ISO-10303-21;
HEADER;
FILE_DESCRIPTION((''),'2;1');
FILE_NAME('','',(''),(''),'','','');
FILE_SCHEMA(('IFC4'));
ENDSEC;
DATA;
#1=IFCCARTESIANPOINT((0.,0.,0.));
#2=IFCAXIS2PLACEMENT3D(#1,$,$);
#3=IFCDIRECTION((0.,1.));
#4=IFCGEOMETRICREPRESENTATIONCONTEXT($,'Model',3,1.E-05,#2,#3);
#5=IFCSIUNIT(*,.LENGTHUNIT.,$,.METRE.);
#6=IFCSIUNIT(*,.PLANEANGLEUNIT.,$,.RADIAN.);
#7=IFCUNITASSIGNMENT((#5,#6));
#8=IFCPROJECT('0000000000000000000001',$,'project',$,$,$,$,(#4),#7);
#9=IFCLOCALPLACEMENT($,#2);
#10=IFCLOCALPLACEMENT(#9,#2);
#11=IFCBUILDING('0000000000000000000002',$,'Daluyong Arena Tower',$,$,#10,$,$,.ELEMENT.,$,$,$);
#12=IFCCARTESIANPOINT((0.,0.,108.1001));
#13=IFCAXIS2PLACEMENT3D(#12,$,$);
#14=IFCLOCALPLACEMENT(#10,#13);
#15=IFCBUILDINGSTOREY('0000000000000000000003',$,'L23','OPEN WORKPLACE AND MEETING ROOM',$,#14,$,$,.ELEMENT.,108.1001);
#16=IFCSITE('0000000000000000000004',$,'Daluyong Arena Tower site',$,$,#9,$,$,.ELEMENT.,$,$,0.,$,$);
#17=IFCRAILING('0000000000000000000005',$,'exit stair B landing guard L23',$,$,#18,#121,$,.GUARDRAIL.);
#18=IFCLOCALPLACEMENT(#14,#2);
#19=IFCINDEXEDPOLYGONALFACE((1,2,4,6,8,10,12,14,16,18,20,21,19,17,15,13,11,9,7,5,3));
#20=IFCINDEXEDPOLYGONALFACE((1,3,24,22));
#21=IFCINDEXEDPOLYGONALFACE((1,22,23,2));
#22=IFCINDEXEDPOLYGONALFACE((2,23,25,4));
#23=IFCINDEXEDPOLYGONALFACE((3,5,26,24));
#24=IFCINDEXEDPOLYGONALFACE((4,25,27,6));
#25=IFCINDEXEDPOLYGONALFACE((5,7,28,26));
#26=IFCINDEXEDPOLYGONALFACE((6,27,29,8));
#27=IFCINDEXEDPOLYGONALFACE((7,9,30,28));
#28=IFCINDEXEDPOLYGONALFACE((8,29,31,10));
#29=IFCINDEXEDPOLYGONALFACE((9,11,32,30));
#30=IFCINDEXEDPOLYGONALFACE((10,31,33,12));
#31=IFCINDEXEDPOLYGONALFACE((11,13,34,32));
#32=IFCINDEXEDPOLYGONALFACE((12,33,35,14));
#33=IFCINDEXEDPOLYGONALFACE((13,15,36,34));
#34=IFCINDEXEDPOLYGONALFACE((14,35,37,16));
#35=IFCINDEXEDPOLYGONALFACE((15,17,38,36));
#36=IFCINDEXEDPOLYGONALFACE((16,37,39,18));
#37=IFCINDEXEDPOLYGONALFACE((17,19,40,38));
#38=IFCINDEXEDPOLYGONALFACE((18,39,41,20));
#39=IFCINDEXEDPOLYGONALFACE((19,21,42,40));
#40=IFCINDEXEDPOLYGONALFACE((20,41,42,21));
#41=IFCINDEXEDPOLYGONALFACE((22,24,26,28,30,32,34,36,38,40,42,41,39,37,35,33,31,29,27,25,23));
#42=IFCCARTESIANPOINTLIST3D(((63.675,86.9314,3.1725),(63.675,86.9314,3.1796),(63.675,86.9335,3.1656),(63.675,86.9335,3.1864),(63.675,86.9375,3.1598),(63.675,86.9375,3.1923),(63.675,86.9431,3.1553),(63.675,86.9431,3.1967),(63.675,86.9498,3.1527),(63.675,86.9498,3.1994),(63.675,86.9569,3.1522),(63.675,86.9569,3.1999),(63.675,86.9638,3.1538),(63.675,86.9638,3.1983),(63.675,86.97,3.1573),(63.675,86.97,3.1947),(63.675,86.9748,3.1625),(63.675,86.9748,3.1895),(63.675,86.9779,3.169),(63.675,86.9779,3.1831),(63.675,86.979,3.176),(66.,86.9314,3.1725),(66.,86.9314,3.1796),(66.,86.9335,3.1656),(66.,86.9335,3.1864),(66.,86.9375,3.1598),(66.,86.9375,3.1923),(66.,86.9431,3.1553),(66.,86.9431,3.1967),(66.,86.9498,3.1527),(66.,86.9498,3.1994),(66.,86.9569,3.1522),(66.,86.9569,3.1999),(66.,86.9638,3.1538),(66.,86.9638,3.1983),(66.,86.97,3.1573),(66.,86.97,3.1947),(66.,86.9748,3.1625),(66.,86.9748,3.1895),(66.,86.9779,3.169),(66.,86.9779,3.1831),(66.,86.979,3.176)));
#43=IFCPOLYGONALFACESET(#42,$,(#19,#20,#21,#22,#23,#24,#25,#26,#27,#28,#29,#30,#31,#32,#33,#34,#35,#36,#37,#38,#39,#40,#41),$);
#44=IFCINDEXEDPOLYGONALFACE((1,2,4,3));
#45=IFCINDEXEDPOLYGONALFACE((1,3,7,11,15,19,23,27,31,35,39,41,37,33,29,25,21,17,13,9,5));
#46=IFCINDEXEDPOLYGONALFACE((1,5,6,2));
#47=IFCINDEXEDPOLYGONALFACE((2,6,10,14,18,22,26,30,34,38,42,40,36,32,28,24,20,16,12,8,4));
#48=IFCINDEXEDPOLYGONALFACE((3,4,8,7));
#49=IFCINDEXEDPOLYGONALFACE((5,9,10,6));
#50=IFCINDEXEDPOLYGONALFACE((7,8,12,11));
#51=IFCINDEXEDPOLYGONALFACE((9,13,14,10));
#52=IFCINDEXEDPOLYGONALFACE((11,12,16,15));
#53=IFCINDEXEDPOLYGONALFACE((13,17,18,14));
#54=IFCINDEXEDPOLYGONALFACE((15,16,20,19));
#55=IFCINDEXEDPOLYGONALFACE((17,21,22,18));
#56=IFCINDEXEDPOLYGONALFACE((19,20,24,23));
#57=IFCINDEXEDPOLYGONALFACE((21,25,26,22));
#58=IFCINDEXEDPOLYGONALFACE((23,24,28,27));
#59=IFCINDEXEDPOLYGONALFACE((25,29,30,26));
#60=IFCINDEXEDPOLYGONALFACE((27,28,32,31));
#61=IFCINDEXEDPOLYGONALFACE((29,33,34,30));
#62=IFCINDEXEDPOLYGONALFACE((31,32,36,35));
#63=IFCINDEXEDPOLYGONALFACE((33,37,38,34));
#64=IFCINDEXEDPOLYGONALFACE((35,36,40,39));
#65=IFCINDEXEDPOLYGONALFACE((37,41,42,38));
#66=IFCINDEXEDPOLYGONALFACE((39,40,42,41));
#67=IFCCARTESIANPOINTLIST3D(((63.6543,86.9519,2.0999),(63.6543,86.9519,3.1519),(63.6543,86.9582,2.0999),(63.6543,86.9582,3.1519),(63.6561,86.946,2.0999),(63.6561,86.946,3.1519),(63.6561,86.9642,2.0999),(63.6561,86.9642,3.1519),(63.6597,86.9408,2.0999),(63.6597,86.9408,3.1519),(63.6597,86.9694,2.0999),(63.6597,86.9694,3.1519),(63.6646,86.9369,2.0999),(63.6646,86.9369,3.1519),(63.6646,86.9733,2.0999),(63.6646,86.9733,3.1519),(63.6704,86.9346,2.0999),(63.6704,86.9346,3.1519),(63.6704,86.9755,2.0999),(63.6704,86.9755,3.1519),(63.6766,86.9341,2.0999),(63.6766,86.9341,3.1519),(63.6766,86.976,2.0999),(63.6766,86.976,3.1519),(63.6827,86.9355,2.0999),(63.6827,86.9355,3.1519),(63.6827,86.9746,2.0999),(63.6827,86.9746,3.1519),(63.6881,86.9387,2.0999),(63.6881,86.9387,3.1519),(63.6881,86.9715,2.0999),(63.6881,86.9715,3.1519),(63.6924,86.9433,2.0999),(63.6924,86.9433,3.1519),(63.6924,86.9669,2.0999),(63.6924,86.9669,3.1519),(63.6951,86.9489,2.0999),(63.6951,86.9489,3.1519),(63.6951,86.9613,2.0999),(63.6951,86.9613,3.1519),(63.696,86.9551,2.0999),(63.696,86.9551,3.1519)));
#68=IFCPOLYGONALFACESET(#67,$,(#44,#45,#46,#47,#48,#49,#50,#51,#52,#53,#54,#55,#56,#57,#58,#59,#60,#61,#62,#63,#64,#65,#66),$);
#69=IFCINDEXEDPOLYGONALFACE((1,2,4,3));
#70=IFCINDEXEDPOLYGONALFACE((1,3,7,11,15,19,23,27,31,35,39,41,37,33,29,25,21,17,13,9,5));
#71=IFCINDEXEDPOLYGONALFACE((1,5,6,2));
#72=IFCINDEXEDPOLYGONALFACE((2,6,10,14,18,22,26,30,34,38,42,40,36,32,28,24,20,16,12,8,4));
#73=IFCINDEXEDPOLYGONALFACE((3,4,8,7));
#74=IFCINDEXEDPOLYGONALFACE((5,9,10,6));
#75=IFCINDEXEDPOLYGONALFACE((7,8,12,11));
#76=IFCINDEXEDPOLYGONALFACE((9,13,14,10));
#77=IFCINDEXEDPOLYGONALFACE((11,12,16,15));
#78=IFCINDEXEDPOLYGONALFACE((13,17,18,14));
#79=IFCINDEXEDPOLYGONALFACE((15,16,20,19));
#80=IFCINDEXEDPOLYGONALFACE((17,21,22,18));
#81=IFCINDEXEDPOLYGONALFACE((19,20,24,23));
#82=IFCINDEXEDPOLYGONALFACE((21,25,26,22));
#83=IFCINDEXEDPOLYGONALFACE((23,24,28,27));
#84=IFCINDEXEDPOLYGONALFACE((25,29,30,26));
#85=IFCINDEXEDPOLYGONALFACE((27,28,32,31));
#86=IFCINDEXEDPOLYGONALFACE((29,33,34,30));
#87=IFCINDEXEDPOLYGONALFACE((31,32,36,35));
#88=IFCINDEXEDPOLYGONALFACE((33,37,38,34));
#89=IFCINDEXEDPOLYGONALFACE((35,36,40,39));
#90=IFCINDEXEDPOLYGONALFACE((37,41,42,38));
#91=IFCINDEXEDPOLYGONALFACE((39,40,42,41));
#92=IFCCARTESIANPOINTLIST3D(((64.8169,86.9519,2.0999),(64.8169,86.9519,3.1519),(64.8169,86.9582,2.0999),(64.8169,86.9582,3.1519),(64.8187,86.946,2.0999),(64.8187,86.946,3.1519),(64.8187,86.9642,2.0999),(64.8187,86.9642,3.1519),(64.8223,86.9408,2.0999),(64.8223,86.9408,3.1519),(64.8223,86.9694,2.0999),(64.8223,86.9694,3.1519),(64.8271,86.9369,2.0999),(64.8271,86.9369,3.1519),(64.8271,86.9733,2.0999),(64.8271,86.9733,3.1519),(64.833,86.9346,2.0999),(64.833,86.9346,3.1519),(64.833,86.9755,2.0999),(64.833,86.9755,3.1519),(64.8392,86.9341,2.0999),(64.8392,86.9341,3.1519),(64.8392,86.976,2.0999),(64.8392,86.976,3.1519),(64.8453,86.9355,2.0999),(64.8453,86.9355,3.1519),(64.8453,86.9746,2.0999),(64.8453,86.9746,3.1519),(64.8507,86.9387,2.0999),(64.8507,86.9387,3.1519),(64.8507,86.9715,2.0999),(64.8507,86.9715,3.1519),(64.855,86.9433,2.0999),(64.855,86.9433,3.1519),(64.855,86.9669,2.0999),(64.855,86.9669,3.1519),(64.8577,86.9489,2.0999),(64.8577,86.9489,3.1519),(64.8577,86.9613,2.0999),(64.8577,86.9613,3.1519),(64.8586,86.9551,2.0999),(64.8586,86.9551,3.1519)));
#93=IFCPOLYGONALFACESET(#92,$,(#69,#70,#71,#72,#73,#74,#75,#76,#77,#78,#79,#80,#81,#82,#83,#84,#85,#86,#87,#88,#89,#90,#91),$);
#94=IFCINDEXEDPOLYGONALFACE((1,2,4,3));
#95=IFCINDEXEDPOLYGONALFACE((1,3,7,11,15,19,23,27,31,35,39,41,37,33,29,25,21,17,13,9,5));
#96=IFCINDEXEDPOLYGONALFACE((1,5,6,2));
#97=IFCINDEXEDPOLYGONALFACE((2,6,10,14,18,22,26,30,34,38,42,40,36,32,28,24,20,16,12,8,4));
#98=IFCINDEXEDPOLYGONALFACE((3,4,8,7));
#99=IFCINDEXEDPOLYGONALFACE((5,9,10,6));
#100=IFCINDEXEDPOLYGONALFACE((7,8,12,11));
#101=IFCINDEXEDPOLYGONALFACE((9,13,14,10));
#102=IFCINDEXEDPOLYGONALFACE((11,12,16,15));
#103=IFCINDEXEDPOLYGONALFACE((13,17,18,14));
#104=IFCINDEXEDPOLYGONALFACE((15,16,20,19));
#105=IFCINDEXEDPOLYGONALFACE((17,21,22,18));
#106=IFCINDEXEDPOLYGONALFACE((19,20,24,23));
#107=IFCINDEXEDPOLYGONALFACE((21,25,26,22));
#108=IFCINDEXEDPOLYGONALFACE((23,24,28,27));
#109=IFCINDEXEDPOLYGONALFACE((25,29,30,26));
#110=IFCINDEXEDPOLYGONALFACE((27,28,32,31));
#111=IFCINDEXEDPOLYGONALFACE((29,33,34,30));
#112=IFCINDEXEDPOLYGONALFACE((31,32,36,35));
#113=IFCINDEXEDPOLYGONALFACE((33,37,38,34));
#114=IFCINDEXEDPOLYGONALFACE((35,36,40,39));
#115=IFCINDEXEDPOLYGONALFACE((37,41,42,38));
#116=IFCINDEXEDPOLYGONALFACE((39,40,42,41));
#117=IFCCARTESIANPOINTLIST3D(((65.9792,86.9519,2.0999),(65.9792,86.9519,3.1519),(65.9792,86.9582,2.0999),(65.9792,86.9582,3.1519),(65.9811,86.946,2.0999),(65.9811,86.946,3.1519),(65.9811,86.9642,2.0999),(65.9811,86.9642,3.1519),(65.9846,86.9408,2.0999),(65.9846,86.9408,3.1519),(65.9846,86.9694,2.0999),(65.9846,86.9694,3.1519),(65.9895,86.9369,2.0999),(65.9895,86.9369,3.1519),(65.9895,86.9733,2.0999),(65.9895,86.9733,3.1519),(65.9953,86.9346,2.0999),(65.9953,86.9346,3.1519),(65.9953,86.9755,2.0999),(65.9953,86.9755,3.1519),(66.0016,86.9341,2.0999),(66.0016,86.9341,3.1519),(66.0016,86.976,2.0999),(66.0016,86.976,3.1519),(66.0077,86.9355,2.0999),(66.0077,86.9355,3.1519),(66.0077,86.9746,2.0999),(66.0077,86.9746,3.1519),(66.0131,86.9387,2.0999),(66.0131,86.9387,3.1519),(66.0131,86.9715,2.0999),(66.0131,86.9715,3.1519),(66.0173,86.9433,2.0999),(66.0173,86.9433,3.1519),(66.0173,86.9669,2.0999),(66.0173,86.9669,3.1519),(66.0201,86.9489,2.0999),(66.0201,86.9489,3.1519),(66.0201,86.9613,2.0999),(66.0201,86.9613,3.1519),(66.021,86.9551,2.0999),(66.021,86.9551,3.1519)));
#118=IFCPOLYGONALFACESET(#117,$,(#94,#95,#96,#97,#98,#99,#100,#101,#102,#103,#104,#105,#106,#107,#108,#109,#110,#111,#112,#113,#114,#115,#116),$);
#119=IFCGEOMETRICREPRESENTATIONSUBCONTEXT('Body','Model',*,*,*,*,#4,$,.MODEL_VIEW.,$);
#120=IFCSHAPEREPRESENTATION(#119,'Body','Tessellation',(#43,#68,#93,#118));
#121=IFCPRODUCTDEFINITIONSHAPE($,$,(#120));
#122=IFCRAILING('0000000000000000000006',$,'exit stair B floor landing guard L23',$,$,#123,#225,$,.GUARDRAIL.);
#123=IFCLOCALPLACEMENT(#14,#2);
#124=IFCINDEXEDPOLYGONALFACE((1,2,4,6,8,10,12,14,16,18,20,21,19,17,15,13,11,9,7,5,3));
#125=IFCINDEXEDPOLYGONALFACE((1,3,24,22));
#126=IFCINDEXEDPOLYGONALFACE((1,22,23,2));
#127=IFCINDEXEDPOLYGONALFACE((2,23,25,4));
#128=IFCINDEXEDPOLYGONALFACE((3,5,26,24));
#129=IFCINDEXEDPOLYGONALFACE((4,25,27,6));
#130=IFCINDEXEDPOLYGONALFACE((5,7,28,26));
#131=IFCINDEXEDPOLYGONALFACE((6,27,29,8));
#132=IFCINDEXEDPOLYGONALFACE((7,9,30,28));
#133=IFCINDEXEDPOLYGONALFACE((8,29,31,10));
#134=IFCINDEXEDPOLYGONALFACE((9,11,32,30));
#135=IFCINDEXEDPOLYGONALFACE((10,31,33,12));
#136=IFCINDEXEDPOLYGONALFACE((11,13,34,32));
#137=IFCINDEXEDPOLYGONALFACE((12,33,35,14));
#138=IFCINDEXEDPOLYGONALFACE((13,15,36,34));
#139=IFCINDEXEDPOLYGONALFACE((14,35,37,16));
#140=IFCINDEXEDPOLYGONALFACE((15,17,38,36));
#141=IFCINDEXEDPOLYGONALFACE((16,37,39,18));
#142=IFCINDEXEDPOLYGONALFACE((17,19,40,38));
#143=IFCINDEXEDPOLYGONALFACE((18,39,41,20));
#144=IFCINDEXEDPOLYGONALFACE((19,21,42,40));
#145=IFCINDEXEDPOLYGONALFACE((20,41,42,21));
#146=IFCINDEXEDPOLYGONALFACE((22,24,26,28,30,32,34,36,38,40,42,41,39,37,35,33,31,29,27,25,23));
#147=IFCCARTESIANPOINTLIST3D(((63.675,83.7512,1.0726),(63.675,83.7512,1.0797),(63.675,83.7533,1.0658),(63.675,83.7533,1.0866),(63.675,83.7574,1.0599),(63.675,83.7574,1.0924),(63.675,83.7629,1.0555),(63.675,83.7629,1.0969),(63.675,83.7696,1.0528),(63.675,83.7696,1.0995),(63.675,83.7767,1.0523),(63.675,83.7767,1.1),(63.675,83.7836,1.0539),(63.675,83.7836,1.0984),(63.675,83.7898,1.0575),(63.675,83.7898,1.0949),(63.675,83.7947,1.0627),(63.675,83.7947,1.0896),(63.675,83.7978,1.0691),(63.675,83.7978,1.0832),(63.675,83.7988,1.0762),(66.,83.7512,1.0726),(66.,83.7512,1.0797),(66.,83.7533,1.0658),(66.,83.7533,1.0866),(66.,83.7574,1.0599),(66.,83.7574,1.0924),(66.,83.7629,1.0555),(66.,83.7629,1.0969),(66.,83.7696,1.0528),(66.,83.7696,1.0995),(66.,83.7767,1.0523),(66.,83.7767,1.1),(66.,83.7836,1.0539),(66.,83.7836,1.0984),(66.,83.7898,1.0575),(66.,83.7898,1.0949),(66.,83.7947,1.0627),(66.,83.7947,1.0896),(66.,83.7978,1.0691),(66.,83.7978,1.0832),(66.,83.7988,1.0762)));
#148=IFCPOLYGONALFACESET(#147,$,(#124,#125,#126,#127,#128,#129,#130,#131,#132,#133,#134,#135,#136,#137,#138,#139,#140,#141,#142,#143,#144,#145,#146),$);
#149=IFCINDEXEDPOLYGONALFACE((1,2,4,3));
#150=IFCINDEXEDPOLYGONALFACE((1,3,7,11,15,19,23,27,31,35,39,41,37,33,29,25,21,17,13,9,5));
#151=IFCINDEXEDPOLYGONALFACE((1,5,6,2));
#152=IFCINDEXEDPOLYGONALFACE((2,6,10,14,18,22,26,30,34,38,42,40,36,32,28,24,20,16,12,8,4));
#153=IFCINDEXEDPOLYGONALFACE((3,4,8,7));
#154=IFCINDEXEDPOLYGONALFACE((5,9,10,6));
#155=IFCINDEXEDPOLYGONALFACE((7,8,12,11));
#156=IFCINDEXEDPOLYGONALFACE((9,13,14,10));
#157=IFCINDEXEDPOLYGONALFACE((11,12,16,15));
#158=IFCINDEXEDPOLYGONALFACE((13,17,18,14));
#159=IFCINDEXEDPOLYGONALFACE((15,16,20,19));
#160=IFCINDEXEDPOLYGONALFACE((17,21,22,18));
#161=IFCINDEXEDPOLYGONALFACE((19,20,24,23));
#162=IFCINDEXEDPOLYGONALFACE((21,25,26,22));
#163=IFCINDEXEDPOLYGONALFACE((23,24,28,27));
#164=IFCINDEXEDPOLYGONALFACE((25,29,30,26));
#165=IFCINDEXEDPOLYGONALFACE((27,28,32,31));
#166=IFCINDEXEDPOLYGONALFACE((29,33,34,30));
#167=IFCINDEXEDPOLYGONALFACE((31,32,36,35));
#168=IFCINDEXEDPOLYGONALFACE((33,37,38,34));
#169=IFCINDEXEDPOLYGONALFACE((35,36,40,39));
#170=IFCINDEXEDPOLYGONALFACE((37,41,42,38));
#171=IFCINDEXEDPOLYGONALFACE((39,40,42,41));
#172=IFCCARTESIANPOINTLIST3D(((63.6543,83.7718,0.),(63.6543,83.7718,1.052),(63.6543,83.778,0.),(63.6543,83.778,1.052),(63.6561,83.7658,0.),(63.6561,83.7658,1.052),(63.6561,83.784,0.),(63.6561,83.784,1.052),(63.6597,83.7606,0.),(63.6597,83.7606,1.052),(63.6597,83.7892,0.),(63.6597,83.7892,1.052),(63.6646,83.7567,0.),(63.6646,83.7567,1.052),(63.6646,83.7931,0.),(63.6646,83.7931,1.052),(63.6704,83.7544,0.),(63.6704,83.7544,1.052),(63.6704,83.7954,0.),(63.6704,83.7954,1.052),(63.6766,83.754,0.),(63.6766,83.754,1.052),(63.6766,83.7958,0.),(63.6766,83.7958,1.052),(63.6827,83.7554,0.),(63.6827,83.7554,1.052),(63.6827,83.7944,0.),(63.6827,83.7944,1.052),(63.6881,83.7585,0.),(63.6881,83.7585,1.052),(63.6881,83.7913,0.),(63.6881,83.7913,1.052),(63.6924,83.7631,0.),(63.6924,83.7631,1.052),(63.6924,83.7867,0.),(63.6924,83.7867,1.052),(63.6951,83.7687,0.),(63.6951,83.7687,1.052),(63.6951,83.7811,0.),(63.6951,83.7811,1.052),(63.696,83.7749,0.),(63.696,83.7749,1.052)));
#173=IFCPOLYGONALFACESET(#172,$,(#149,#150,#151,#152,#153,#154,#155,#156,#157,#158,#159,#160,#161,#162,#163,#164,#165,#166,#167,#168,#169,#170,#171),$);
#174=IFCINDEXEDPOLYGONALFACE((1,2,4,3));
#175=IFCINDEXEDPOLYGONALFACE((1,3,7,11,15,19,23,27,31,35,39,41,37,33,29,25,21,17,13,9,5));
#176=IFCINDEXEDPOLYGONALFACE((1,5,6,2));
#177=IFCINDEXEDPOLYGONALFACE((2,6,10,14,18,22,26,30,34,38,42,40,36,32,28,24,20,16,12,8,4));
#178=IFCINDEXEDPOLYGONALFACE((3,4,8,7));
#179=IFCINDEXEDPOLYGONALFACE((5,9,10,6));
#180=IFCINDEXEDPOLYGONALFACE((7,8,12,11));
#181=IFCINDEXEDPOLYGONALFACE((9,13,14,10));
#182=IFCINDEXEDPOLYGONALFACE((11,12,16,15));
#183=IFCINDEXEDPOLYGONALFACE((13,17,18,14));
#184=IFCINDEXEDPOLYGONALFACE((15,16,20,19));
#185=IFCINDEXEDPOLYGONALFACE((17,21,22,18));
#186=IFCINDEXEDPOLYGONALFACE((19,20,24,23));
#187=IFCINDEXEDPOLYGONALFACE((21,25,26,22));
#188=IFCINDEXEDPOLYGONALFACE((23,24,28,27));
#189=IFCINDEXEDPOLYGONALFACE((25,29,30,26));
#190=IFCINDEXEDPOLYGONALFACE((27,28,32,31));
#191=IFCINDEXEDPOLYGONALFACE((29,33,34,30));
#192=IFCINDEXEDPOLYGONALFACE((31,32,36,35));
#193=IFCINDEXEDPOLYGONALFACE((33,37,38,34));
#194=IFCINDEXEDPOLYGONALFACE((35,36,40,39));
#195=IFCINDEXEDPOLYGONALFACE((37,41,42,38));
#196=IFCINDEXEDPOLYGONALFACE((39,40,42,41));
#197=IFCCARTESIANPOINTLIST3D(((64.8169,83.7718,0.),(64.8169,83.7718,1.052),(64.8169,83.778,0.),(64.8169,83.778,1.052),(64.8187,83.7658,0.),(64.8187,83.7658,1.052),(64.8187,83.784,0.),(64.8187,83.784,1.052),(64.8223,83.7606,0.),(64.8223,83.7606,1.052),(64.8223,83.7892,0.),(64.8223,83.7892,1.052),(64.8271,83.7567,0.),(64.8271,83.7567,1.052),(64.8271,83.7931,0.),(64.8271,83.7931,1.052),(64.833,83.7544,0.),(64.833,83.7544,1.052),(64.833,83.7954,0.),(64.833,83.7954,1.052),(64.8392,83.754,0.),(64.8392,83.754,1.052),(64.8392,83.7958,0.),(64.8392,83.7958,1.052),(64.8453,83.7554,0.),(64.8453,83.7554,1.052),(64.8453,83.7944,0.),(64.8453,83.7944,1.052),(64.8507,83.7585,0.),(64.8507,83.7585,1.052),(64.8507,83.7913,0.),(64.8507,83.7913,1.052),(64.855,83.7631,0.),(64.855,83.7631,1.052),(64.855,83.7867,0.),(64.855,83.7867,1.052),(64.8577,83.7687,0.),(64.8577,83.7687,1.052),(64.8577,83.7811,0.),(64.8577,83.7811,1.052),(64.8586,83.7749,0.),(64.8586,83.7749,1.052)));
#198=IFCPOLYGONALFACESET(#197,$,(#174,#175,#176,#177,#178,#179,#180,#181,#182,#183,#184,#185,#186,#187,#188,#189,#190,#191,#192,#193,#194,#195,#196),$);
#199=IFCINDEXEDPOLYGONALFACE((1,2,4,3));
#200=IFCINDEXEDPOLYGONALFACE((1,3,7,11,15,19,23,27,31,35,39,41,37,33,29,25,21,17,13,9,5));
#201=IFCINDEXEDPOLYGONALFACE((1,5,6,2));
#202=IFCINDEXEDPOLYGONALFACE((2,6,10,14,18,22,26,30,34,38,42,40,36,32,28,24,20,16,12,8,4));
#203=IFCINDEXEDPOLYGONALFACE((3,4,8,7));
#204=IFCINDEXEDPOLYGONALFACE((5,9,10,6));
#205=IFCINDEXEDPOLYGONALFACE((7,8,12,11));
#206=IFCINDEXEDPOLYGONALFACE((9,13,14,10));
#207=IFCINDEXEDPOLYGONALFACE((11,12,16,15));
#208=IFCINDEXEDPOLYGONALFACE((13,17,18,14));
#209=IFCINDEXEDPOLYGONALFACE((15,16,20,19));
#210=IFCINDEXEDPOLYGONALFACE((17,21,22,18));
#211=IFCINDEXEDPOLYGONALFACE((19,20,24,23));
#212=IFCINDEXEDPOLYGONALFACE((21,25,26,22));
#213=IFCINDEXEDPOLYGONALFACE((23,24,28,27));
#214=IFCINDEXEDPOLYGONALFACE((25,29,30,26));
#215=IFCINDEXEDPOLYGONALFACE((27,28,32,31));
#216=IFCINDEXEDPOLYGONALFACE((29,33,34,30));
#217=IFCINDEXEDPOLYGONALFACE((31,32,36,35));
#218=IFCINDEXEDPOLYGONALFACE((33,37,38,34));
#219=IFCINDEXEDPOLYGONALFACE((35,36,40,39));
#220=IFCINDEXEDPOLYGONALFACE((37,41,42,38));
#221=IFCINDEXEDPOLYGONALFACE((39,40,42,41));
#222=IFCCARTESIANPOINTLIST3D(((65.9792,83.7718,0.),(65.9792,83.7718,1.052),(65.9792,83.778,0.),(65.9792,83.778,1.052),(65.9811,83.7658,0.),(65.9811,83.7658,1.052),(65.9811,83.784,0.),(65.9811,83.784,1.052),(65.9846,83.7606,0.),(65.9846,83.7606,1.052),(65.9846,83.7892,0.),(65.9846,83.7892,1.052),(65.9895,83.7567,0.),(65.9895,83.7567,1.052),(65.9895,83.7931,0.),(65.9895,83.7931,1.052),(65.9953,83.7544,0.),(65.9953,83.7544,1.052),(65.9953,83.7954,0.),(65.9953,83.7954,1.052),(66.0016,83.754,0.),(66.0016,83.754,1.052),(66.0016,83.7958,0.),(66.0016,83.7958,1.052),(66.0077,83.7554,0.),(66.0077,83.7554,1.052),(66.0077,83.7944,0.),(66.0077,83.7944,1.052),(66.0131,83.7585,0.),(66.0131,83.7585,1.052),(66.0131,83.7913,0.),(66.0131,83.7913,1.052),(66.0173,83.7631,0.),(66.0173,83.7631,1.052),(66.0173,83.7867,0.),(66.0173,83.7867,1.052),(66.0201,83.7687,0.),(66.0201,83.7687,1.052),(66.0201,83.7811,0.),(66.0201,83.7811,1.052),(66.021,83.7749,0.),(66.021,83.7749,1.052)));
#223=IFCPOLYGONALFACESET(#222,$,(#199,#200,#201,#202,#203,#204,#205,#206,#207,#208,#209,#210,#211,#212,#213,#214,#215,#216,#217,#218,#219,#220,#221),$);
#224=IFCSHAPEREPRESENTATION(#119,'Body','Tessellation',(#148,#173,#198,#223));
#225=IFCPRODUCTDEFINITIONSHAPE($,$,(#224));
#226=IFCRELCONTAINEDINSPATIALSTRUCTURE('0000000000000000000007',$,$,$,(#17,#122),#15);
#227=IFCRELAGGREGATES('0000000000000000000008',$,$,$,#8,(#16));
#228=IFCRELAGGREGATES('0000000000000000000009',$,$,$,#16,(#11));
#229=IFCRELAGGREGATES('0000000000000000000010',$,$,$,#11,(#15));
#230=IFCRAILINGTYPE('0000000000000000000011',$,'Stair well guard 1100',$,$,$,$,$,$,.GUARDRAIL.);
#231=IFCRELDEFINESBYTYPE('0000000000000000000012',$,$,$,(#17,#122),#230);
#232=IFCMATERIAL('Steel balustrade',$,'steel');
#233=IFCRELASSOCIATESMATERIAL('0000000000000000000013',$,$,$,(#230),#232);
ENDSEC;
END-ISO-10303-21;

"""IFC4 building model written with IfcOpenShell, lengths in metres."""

from ifc_helpers import new_model, si_unit, direction, frame, origin, origin_2d, place, context, subcontext, project, spatial, circle, extrude, material, type_object, element, save


model = new_model("IFC4")

# Units and contexts
model_context = context("Model", 3, precision=1e-05, world=origin(), true_north=direction((0.0, 1.0)))
body_context = subcontext(model_context, "Body", "Model", "MODEL_VIEW")
ifc_project = project(units=[si_unit("LENGTHUNIT", "METRE"), si_unit("PLANEANGLEUNIT", "RADIAN")], contexts=[model_context])

# Site, building, storey
site_placement = place(None, origin())
site = spatial("IfcSite", under=ifc_project, at=site_placement, Name="Daluyong Arena Tower site", CompositionType="ELEMENT", RefElevation=0.0)
building_placement = place(site_placement, origin())
building = spatial("IfcBuilding", under=site, at=building_placement, Name="Daluyong Arena Tower", CompositionType="ELEMENT")
storey_placement = place(building_placement, frame((0.0, 0.0, 108.1001)))
storey = spatial("IfcBuildingStorey", under=building, at=storey_placement, Name="L23", Description="OPEN WORKPLACE AND MEETING ROOM", CompositionType="ELEMENT", Elevation=108.1001)

# Railings
ifc_material_1 = material(Name="Steel balustrade", Category="steel")
railing_type_1 = type_object("IfcRailingType", Name="Stair well guard 1100", PredefinedType="GUARDRAIL", material=ifc_material_1)
for number, where, name in (
    (1, (63.675, 86.9551, 2.0999), "exit stair B landing guard L23"),
    (2, (63.675, 83.7749, 0.0), "exit stair B floor landing guard L23"),
):
    element("IfcRailing", number, at=place(storey_placement, frame(where)), inside=storey, type_object=railing_type_1, Name=name, PredefinedType="GUARDRAIL", context=body_context, shape_type="SweptSolid", body=[
        extrude(circle(Radius=0.0239, at=origin_2d()), frame((0.0, 0.0, 1.0762), z_axis=(1.0, 0.0, 0.0), x_axis=(0.0, 1.0, 0.0)), (0.0, 0.0, 1.0), 2.325),
        extrude(circle(Radius=0.021, at=origin_2d()), origin(), (0.0, 0.0, 1.0), 1.052),
        extrude(circle(Radius=0.021, at=origin_2d()), frame((1.1626, 0.0, 0.0)), (0.0, 0.0, 1.0), 1.052),
        extrude(circle(Radius=0.021, at=origin_2d()), frame((2.325, 0.0, 0.0)), (0.0, 0.0, 1.0), 1.052),
    ])

save(model, "model.ifc")
